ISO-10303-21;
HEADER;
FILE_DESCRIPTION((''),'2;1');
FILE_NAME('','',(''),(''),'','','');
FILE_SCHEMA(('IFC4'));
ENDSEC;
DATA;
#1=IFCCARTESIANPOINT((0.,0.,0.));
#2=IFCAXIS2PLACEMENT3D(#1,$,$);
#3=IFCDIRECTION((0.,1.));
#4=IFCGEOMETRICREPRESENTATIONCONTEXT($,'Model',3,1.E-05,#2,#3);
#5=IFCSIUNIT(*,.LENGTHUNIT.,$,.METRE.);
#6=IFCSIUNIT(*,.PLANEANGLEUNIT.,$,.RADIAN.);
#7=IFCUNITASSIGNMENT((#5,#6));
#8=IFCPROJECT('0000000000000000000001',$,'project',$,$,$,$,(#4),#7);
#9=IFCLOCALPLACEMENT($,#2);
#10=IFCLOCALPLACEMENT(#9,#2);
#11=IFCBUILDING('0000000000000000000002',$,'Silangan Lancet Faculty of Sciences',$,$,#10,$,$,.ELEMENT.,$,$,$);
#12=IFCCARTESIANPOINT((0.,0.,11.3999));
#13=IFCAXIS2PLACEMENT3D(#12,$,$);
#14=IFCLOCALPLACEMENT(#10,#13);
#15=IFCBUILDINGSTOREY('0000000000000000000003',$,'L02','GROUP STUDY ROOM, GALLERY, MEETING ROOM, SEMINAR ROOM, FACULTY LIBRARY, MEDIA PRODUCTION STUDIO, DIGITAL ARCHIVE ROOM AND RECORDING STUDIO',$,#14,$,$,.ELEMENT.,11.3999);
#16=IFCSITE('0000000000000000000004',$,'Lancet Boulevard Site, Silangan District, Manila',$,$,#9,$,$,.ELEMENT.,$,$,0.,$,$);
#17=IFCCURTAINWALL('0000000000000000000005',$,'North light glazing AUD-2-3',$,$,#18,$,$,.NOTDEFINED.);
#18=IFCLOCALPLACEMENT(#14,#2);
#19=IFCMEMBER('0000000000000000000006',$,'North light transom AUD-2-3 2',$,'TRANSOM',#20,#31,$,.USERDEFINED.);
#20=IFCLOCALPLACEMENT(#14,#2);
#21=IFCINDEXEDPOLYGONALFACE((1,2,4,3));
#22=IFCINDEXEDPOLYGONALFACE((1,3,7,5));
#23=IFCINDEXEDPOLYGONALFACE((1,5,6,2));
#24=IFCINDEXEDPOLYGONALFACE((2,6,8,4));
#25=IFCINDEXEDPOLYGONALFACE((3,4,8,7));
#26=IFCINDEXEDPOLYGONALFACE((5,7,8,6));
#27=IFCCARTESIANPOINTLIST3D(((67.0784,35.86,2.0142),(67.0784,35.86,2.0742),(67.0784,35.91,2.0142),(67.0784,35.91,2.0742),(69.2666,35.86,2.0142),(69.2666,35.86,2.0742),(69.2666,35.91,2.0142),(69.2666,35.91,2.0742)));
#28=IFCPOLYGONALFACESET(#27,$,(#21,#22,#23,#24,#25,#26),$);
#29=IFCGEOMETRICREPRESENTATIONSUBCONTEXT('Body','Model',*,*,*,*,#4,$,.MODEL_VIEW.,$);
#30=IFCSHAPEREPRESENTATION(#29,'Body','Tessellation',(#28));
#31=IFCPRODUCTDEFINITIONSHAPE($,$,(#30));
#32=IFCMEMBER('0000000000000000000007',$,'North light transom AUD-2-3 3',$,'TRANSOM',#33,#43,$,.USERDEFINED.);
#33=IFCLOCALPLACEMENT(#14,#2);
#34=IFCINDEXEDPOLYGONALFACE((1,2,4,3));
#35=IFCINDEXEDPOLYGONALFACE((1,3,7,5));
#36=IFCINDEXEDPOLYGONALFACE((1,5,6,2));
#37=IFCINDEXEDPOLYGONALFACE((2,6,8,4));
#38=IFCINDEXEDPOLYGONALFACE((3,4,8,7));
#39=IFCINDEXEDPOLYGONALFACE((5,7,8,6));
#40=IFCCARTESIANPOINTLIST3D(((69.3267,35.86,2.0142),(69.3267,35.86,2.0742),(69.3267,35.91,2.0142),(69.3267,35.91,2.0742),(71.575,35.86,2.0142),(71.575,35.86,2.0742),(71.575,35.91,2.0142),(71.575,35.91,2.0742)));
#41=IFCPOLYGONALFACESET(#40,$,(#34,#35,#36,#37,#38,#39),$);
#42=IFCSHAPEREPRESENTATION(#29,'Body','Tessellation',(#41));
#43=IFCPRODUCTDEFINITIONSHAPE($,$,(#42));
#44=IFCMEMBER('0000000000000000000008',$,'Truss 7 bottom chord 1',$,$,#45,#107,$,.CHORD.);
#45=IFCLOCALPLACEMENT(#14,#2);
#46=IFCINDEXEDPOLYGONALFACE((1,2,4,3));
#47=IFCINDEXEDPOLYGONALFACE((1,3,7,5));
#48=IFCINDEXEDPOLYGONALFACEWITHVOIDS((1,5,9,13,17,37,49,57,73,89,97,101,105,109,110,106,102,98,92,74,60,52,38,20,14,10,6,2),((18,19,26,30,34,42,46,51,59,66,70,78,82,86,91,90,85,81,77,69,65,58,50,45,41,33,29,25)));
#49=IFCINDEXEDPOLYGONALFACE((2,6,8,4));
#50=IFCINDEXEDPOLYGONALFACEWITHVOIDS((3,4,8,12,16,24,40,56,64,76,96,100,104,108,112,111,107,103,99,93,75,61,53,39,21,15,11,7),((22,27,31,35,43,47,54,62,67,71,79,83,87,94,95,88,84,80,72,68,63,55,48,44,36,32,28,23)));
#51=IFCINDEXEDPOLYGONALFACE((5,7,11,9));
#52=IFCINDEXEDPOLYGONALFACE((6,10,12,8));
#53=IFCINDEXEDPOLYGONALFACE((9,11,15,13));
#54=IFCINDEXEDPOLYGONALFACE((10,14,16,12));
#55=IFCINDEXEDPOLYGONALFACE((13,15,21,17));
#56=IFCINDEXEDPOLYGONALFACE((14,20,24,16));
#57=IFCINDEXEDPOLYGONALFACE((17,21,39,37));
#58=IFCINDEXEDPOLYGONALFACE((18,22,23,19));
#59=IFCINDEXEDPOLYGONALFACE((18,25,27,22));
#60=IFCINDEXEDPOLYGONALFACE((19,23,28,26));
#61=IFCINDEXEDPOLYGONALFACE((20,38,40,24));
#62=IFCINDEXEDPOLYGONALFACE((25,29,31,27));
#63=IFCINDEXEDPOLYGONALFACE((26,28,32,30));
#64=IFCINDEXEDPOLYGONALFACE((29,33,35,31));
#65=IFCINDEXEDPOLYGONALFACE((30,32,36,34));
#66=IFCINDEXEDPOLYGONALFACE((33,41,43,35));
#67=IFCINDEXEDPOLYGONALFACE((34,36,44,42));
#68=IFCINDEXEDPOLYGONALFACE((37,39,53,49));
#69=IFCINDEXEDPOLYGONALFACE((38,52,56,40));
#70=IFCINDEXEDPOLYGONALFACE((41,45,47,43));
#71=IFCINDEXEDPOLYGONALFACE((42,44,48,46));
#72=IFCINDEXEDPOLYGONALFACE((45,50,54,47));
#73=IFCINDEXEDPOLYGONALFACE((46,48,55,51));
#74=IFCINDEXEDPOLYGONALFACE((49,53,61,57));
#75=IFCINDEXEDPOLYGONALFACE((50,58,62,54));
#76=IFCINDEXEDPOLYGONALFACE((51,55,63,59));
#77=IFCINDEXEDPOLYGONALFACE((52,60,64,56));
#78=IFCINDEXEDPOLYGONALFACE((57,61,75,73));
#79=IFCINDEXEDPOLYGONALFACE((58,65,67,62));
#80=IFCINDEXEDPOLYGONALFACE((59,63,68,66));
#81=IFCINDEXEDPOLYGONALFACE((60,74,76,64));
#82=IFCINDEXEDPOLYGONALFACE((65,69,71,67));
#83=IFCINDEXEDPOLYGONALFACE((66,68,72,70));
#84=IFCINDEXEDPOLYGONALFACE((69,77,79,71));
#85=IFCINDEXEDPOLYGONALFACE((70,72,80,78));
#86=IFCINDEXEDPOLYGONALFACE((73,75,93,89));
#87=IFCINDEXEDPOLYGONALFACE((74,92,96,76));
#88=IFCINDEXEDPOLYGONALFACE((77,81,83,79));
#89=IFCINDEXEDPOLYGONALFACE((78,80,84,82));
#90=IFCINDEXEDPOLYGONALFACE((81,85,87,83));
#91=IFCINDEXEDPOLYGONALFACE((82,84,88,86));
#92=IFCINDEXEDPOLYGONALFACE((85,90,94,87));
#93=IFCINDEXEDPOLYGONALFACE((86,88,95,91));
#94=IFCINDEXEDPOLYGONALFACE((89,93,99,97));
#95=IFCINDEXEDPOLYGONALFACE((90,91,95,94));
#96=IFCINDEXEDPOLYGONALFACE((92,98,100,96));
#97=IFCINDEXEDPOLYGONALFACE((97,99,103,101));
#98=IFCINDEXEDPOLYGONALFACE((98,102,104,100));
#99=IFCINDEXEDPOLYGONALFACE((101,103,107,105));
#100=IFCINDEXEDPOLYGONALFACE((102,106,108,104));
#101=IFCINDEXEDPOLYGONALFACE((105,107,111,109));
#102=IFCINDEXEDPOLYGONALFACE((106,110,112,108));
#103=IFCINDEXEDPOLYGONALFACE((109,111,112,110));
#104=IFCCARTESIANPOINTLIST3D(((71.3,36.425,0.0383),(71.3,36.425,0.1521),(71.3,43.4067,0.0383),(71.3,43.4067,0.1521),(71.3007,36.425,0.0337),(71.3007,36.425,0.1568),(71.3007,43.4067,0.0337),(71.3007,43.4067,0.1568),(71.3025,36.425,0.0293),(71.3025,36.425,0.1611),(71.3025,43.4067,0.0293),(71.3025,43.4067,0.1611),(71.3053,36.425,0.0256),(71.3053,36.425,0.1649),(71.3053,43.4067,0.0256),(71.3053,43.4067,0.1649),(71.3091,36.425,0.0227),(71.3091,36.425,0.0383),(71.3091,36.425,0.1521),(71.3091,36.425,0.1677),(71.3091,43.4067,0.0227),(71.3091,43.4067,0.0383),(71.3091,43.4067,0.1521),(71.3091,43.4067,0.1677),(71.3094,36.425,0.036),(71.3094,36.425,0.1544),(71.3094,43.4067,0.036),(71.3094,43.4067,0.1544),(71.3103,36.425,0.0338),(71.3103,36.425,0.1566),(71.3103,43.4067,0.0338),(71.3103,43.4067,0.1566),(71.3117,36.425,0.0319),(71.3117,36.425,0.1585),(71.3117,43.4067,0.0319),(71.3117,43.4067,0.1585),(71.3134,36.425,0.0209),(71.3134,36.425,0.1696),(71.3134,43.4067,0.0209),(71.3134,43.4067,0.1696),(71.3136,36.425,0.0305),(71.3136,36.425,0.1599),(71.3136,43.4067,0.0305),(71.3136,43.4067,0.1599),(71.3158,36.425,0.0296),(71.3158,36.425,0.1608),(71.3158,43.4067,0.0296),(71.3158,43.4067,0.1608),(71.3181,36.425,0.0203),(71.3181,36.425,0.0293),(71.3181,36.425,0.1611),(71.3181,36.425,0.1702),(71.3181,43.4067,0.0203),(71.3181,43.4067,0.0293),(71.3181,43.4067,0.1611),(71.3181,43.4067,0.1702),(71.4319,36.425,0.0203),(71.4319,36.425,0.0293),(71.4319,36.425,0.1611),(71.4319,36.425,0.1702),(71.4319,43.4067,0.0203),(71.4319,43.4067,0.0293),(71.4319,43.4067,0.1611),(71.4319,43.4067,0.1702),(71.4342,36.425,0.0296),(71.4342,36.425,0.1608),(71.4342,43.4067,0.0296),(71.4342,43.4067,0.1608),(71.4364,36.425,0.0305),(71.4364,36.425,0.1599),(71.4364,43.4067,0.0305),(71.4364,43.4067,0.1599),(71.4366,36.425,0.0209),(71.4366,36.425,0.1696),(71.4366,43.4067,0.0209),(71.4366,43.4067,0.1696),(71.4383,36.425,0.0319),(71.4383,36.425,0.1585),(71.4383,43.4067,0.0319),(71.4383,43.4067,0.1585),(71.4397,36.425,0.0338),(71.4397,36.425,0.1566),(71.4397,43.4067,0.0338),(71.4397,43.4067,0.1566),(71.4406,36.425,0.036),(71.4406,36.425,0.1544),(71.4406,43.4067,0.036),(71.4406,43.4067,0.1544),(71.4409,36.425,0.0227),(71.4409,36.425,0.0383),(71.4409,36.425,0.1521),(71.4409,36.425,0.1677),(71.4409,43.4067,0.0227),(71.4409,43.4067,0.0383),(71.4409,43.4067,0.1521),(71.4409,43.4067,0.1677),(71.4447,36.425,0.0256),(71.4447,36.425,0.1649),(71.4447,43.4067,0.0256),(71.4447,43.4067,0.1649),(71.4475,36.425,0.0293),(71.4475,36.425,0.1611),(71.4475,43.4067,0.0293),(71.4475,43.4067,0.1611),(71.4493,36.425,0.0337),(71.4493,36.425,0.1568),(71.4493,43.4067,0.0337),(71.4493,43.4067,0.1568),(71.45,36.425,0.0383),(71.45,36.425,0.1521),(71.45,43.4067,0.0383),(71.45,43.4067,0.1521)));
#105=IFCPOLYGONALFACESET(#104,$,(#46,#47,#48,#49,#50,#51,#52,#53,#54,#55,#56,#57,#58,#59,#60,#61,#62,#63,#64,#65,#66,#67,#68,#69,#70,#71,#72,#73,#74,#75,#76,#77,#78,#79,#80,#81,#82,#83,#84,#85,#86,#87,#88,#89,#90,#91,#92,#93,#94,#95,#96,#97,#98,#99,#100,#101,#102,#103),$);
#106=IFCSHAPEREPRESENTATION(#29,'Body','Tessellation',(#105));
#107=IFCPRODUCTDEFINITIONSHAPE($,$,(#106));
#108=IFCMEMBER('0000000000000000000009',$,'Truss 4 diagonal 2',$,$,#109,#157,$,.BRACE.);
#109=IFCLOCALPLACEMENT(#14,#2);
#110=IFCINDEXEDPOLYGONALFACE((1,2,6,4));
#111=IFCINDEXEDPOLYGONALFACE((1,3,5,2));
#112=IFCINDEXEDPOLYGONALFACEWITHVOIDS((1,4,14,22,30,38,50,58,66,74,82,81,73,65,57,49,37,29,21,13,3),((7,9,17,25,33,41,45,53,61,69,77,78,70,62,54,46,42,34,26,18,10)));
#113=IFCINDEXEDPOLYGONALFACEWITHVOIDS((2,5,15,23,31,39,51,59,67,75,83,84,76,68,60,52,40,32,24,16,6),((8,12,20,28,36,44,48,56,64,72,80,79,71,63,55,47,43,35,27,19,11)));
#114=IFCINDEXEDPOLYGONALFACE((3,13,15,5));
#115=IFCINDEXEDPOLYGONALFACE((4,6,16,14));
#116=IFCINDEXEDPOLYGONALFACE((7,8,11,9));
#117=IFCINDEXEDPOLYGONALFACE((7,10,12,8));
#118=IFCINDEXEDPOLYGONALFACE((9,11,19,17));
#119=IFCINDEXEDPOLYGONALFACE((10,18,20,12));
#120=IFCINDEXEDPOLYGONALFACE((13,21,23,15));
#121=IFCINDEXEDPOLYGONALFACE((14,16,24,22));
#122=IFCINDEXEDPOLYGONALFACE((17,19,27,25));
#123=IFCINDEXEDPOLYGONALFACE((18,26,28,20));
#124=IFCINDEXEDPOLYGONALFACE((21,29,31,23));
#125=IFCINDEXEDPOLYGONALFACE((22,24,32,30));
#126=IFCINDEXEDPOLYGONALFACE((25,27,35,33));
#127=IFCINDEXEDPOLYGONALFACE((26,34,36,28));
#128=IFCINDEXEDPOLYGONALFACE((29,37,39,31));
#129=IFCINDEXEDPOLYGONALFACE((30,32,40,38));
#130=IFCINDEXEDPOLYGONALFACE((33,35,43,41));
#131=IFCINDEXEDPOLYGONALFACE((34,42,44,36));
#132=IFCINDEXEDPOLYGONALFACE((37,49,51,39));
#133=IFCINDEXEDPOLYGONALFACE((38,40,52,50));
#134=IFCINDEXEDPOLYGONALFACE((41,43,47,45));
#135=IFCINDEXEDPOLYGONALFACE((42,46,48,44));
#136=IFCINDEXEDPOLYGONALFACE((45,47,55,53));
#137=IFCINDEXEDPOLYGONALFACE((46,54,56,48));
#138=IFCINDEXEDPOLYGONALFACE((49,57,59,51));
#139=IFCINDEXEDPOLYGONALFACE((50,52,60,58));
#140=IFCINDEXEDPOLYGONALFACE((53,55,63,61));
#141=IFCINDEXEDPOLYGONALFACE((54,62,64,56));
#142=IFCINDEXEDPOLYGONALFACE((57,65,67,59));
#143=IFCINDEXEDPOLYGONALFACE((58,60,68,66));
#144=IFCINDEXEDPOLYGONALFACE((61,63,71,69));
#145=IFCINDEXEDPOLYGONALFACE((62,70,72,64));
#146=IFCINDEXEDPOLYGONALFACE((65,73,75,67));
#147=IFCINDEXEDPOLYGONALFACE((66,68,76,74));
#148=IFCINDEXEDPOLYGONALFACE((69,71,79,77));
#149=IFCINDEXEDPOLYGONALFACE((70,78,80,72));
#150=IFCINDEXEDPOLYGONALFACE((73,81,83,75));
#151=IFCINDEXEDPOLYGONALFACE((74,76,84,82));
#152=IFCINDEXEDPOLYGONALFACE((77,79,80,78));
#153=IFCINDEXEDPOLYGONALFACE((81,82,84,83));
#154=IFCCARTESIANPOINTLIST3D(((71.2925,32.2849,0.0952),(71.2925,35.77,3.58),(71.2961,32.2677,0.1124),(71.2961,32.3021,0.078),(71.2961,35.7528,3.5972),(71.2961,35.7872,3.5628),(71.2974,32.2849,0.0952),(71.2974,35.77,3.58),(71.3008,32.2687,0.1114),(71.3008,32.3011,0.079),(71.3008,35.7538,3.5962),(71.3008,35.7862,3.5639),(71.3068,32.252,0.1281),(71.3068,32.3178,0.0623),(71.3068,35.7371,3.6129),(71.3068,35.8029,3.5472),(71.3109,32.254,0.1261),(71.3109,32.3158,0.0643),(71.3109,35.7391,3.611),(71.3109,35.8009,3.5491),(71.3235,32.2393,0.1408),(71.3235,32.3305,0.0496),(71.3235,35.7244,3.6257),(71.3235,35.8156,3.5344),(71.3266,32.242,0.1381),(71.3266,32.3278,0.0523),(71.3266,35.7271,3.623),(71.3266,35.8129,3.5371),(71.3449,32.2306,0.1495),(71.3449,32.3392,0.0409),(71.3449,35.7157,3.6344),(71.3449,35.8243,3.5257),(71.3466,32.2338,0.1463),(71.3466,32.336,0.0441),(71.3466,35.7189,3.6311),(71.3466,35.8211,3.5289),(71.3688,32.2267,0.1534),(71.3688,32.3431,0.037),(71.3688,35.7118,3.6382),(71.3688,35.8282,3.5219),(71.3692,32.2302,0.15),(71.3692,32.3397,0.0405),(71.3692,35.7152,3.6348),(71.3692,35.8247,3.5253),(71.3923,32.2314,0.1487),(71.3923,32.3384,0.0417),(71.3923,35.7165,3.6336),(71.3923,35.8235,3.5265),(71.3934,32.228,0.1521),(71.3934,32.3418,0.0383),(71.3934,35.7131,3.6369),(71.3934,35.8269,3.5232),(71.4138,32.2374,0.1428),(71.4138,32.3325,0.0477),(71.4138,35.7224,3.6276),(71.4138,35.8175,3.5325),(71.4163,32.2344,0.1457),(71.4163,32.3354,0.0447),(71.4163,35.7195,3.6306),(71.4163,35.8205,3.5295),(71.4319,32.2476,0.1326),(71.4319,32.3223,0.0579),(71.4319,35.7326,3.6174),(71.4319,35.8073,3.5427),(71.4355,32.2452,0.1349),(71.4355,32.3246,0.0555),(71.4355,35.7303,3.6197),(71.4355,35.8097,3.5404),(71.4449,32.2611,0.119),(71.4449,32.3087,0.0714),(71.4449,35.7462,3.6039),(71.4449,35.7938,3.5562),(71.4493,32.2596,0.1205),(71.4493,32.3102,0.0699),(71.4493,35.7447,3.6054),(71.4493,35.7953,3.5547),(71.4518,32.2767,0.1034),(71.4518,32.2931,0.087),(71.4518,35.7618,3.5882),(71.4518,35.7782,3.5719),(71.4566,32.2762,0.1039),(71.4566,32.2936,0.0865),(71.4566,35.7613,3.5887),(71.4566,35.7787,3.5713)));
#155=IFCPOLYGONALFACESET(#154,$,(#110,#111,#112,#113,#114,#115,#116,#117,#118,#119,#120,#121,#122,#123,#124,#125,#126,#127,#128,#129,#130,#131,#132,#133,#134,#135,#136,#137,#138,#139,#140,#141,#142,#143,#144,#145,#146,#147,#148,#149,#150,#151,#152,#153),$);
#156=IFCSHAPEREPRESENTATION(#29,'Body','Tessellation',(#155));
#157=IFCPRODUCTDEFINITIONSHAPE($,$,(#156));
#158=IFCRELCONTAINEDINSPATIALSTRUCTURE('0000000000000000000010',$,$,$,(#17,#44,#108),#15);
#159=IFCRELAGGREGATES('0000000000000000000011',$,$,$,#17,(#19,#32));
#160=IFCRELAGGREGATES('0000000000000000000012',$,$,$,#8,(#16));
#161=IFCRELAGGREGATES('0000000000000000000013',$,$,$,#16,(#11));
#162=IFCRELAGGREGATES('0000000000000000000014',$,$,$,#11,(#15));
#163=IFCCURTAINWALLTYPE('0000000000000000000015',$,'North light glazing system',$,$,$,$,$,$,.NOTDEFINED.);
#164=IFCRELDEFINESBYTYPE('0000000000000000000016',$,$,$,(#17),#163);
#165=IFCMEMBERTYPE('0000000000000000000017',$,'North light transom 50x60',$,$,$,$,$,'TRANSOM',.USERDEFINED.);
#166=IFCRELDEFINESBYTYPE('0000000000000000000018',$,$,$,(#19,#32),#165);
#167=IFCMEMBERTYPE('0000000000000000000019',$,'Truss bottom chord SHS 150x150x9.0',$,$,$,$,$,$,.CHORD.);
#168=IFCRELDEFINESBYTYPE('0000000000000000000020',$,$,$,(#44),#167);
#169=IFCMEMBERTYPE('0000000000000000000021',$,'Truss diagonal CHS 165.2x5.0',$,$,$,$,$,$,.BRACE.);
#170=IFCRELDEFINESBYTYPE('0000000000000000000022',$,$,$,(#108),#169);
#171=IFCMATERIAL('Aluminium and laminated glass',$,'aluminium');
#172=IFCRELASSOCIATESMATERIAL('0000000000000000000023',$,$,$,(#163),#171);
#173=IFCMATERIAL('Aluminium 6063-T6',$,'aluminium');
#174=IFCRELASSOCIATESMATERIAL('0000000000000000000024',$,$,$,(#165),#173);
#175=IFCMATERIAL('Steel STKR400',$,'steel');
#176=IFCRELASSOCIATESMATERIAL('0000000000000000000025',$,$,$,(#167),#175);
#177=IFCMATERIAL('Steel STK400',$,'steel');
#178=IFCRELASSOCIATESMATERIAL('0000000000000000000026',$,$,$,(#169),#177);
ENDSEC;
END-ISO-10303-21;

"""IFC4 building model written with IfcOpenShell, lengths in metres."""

from ifc_helpers import new_model, si_unit, direction, frame, origin, origin_2d, place, context, subcontext, project, spatial, rectangle, hollow_rectangle, hollow_circle, extrude, material, material_profile, profile_set, type_object, element, aggregate, save


model = new_model("IFC4")

# Units and contexts
model_context = context("Model", 3, precision=1e-05, world=origin(), true_north=direction((0.0, 1.0)))
body_context = subcontext(model_context, "Body", "Model", "MODEL_VIEW")
ifc_project = project(units=[si_unit("LENGTHUNIT", "METRE"), si_unit("PLANEANGLEUNIT", "RADIAN")], contexts=[model_context])

# Site, building, storey
site_placement = place(None, origin())
site = spatial("IfcSite", under=ifc_project, at=site_placement, Name="Lancet Boulevard Site, Silangan District, Manila", CompositionType="ELEMENT", RefElevation=0.0)
building_placement = place(site_placement, origin())
building = spatial("IfcBuilding", under=site, at=building_placement, Name="Silangan Lancet Faculty of Sciences", CompositionType="ELEMENT")
storey_placement = place(building_placement, frame((0.0, 0.0, 11.3999)))
storey = spatial("IfcBuildingStorey", under=building, at=storey_placement, Name="L02", Description="GROUP STUDY ROOM, GALLERY, MEETING ROOM, SEMINAR ROOM, FACULTY LIBRARY, MEDIA PRODUCTION STUDIO, DIGITAL ARCHIVE ROOM AND RECORDING STUDIO", CompositionType="ELEMENT", Elevation=11.3999)

# Curtain wall
ifc_material_1 = material(Name="Aluminium and laminated glass", Category="aluminium")
curtain_wall_type = type_object("IfcCurtainWallType", Name="North light glazing system", PredefinedType="NOTDEFINED", material=ifc_material_1)
curtain_wall_1_placement = place(storey_placement, origin())
curtain_wall_1 = element("IfcCurtainWall", 1, at=curtain_wall_1_placement, inside=storey, type_object=curtain_wall_type, Name="North light glazing AUD-2-3", PredefinedType="NOTDEFINED")

# Members
ifc_material_2 = material(Name="Aluminium 6063-T6", Category="aluminium")
ifc_material_profile_1 = material_profile(ifc_material_2, rectangle(XDim=0.05, YDim=0.0601, at=origin_2d()), Name="AL 50x60")
ifc_profile_set_1 = profile_set([ifc_material_profile_1], Name="Aluminium 6063-T6")
member_type_1 = type_object("IfcMemberType", Name="North light transom 50x60", ElementType="TRANSOM", PredefinedType="USERDEFINED", material=ifc_profile_set_1)
member_1_placement = place(storey_placement, frame((67.0784, 35.885, 2.0442), z_axis=(1.0, 0.0, 0.0), x_axis=(0.0, 1.0, 0.0)))
member_1 = element("IfcMember", 2, at=member_1_placement, type_object=member_type_1, Name="North light transom AUD-2-3 2", ObjectType="TRANSOM", PredefinedType="USERDEFINED", context=body_context, shape_type="SweptSolid", body=[
    extrude(rectangle(XDim=0.05, YDim=0.0601, at=origin_2d()), origin(), (0.0, 0.0, 1.0), 2.1882),
])
member_2_placement = place(storey_placement, frame((69.3267, 35.885, 2.0442), z_axis=(1.0, 0.0, 0.0), x_axis=(0.0, 1.0, 0.0)))
member_2 = element("IfcMember", 3, at=member_2_placement, type_object=member_type_1, Name="North light transom AUD-2-3 3", ObjectType="TRANSOM", PredefinedType="USERDEFINED", context=body_context, shape_type="SweptSolid", body=[
    extrude(rectangle(XDim=0.05, YDim=0.0601, at=origin_2d()), origin(), (0.0, 0.0, 1.0), 2.2483),
])

# Members
ifc_material_3 = material(Name="Steel STKR400", Category="steel")
ifc_material_profile_2 = material_profile(ifc_material_3, hollow_rectangle(XDim=0.1499, YDim=0.1499, WallThickness=0.009, InnerFilletRadius=0.009, OuterFilletRadius=0.0181, at=origin_2d()), Name="SHS 150x150x9.0")
ifc_profile_set_2 = profile_set([ifc_material_profile_2], Name="Steel STKR400")
member_type_2 = type_object("IfcMemberType", Name="Truss bottom chord SHS 150x150x9.0", PredefinedType="CHORD", material=ifc_profile_set_2)
member_3_placement = place(storey_placement, frame((71.375, 36.425, 0.0952), z_axis=(0.0, 1.0, 0.0), x_axis=(-1.0, 0.0, 0.0)))
element("IfcMember", 4, at=member_3_placement, inside=storey, type_object=member_type_2, Name="Truss 7 bottom chord 1", PredefinedType="CHORD", context=body_context, shape_type="SweptSolid", body=[
    extrude(hollow_rectangle(XDim=0.1499, YDim=0.1499, WallThickness=0.009, InnerFilletRadius=0.009, OuterFilletRadius=0.0181, at=origin_2d()), origin(), (0.0, 0.0, 1.0), 6.9817),
])
ifc_material_4 = material(Name="Steel STK400", Category="steel")
ifc_material_profile_3 = material_profile(ifc_material_4, hollow_circle(Radius=0.0825, WallThickness=0.0049, at=origin_2d()), Name="CHS 165.2x5.0")
ifc_profile_set_3 = profile_set([ifc_material_profile_3], Name="Steel STK400")
member_type_3 = type_object("IfcMemberType", Name="Truss diagonal CHS 165.2x5.0", PredefinedType="BRACE", material=ifc_profile_set_3)
member_4_placement = place(storey_placement, frame((71.375, 32.2849, 0.0952), z_axis=(0.0, 0.707132, 0.707082), x_axis=(-1.0, 0.0, 0.0)))
element("IfcMember", 5, at=member_4_placement, inside=storey, type_object=member_type_3, Name="Truss 4 diagonal 2", PredefinedType="BRACE", context=body_context, shape_type="SweptSolid", body=[
    extrude(hollow_circle(Radius=0.0825, WallThickness=0.0049, at=origin_2d()), origin(), (0.0, 0.0, 1.0), 4.9285),
])

aggregate(curtain_wall_1, [member_1, member_2])

save(model, "model.ifc")
